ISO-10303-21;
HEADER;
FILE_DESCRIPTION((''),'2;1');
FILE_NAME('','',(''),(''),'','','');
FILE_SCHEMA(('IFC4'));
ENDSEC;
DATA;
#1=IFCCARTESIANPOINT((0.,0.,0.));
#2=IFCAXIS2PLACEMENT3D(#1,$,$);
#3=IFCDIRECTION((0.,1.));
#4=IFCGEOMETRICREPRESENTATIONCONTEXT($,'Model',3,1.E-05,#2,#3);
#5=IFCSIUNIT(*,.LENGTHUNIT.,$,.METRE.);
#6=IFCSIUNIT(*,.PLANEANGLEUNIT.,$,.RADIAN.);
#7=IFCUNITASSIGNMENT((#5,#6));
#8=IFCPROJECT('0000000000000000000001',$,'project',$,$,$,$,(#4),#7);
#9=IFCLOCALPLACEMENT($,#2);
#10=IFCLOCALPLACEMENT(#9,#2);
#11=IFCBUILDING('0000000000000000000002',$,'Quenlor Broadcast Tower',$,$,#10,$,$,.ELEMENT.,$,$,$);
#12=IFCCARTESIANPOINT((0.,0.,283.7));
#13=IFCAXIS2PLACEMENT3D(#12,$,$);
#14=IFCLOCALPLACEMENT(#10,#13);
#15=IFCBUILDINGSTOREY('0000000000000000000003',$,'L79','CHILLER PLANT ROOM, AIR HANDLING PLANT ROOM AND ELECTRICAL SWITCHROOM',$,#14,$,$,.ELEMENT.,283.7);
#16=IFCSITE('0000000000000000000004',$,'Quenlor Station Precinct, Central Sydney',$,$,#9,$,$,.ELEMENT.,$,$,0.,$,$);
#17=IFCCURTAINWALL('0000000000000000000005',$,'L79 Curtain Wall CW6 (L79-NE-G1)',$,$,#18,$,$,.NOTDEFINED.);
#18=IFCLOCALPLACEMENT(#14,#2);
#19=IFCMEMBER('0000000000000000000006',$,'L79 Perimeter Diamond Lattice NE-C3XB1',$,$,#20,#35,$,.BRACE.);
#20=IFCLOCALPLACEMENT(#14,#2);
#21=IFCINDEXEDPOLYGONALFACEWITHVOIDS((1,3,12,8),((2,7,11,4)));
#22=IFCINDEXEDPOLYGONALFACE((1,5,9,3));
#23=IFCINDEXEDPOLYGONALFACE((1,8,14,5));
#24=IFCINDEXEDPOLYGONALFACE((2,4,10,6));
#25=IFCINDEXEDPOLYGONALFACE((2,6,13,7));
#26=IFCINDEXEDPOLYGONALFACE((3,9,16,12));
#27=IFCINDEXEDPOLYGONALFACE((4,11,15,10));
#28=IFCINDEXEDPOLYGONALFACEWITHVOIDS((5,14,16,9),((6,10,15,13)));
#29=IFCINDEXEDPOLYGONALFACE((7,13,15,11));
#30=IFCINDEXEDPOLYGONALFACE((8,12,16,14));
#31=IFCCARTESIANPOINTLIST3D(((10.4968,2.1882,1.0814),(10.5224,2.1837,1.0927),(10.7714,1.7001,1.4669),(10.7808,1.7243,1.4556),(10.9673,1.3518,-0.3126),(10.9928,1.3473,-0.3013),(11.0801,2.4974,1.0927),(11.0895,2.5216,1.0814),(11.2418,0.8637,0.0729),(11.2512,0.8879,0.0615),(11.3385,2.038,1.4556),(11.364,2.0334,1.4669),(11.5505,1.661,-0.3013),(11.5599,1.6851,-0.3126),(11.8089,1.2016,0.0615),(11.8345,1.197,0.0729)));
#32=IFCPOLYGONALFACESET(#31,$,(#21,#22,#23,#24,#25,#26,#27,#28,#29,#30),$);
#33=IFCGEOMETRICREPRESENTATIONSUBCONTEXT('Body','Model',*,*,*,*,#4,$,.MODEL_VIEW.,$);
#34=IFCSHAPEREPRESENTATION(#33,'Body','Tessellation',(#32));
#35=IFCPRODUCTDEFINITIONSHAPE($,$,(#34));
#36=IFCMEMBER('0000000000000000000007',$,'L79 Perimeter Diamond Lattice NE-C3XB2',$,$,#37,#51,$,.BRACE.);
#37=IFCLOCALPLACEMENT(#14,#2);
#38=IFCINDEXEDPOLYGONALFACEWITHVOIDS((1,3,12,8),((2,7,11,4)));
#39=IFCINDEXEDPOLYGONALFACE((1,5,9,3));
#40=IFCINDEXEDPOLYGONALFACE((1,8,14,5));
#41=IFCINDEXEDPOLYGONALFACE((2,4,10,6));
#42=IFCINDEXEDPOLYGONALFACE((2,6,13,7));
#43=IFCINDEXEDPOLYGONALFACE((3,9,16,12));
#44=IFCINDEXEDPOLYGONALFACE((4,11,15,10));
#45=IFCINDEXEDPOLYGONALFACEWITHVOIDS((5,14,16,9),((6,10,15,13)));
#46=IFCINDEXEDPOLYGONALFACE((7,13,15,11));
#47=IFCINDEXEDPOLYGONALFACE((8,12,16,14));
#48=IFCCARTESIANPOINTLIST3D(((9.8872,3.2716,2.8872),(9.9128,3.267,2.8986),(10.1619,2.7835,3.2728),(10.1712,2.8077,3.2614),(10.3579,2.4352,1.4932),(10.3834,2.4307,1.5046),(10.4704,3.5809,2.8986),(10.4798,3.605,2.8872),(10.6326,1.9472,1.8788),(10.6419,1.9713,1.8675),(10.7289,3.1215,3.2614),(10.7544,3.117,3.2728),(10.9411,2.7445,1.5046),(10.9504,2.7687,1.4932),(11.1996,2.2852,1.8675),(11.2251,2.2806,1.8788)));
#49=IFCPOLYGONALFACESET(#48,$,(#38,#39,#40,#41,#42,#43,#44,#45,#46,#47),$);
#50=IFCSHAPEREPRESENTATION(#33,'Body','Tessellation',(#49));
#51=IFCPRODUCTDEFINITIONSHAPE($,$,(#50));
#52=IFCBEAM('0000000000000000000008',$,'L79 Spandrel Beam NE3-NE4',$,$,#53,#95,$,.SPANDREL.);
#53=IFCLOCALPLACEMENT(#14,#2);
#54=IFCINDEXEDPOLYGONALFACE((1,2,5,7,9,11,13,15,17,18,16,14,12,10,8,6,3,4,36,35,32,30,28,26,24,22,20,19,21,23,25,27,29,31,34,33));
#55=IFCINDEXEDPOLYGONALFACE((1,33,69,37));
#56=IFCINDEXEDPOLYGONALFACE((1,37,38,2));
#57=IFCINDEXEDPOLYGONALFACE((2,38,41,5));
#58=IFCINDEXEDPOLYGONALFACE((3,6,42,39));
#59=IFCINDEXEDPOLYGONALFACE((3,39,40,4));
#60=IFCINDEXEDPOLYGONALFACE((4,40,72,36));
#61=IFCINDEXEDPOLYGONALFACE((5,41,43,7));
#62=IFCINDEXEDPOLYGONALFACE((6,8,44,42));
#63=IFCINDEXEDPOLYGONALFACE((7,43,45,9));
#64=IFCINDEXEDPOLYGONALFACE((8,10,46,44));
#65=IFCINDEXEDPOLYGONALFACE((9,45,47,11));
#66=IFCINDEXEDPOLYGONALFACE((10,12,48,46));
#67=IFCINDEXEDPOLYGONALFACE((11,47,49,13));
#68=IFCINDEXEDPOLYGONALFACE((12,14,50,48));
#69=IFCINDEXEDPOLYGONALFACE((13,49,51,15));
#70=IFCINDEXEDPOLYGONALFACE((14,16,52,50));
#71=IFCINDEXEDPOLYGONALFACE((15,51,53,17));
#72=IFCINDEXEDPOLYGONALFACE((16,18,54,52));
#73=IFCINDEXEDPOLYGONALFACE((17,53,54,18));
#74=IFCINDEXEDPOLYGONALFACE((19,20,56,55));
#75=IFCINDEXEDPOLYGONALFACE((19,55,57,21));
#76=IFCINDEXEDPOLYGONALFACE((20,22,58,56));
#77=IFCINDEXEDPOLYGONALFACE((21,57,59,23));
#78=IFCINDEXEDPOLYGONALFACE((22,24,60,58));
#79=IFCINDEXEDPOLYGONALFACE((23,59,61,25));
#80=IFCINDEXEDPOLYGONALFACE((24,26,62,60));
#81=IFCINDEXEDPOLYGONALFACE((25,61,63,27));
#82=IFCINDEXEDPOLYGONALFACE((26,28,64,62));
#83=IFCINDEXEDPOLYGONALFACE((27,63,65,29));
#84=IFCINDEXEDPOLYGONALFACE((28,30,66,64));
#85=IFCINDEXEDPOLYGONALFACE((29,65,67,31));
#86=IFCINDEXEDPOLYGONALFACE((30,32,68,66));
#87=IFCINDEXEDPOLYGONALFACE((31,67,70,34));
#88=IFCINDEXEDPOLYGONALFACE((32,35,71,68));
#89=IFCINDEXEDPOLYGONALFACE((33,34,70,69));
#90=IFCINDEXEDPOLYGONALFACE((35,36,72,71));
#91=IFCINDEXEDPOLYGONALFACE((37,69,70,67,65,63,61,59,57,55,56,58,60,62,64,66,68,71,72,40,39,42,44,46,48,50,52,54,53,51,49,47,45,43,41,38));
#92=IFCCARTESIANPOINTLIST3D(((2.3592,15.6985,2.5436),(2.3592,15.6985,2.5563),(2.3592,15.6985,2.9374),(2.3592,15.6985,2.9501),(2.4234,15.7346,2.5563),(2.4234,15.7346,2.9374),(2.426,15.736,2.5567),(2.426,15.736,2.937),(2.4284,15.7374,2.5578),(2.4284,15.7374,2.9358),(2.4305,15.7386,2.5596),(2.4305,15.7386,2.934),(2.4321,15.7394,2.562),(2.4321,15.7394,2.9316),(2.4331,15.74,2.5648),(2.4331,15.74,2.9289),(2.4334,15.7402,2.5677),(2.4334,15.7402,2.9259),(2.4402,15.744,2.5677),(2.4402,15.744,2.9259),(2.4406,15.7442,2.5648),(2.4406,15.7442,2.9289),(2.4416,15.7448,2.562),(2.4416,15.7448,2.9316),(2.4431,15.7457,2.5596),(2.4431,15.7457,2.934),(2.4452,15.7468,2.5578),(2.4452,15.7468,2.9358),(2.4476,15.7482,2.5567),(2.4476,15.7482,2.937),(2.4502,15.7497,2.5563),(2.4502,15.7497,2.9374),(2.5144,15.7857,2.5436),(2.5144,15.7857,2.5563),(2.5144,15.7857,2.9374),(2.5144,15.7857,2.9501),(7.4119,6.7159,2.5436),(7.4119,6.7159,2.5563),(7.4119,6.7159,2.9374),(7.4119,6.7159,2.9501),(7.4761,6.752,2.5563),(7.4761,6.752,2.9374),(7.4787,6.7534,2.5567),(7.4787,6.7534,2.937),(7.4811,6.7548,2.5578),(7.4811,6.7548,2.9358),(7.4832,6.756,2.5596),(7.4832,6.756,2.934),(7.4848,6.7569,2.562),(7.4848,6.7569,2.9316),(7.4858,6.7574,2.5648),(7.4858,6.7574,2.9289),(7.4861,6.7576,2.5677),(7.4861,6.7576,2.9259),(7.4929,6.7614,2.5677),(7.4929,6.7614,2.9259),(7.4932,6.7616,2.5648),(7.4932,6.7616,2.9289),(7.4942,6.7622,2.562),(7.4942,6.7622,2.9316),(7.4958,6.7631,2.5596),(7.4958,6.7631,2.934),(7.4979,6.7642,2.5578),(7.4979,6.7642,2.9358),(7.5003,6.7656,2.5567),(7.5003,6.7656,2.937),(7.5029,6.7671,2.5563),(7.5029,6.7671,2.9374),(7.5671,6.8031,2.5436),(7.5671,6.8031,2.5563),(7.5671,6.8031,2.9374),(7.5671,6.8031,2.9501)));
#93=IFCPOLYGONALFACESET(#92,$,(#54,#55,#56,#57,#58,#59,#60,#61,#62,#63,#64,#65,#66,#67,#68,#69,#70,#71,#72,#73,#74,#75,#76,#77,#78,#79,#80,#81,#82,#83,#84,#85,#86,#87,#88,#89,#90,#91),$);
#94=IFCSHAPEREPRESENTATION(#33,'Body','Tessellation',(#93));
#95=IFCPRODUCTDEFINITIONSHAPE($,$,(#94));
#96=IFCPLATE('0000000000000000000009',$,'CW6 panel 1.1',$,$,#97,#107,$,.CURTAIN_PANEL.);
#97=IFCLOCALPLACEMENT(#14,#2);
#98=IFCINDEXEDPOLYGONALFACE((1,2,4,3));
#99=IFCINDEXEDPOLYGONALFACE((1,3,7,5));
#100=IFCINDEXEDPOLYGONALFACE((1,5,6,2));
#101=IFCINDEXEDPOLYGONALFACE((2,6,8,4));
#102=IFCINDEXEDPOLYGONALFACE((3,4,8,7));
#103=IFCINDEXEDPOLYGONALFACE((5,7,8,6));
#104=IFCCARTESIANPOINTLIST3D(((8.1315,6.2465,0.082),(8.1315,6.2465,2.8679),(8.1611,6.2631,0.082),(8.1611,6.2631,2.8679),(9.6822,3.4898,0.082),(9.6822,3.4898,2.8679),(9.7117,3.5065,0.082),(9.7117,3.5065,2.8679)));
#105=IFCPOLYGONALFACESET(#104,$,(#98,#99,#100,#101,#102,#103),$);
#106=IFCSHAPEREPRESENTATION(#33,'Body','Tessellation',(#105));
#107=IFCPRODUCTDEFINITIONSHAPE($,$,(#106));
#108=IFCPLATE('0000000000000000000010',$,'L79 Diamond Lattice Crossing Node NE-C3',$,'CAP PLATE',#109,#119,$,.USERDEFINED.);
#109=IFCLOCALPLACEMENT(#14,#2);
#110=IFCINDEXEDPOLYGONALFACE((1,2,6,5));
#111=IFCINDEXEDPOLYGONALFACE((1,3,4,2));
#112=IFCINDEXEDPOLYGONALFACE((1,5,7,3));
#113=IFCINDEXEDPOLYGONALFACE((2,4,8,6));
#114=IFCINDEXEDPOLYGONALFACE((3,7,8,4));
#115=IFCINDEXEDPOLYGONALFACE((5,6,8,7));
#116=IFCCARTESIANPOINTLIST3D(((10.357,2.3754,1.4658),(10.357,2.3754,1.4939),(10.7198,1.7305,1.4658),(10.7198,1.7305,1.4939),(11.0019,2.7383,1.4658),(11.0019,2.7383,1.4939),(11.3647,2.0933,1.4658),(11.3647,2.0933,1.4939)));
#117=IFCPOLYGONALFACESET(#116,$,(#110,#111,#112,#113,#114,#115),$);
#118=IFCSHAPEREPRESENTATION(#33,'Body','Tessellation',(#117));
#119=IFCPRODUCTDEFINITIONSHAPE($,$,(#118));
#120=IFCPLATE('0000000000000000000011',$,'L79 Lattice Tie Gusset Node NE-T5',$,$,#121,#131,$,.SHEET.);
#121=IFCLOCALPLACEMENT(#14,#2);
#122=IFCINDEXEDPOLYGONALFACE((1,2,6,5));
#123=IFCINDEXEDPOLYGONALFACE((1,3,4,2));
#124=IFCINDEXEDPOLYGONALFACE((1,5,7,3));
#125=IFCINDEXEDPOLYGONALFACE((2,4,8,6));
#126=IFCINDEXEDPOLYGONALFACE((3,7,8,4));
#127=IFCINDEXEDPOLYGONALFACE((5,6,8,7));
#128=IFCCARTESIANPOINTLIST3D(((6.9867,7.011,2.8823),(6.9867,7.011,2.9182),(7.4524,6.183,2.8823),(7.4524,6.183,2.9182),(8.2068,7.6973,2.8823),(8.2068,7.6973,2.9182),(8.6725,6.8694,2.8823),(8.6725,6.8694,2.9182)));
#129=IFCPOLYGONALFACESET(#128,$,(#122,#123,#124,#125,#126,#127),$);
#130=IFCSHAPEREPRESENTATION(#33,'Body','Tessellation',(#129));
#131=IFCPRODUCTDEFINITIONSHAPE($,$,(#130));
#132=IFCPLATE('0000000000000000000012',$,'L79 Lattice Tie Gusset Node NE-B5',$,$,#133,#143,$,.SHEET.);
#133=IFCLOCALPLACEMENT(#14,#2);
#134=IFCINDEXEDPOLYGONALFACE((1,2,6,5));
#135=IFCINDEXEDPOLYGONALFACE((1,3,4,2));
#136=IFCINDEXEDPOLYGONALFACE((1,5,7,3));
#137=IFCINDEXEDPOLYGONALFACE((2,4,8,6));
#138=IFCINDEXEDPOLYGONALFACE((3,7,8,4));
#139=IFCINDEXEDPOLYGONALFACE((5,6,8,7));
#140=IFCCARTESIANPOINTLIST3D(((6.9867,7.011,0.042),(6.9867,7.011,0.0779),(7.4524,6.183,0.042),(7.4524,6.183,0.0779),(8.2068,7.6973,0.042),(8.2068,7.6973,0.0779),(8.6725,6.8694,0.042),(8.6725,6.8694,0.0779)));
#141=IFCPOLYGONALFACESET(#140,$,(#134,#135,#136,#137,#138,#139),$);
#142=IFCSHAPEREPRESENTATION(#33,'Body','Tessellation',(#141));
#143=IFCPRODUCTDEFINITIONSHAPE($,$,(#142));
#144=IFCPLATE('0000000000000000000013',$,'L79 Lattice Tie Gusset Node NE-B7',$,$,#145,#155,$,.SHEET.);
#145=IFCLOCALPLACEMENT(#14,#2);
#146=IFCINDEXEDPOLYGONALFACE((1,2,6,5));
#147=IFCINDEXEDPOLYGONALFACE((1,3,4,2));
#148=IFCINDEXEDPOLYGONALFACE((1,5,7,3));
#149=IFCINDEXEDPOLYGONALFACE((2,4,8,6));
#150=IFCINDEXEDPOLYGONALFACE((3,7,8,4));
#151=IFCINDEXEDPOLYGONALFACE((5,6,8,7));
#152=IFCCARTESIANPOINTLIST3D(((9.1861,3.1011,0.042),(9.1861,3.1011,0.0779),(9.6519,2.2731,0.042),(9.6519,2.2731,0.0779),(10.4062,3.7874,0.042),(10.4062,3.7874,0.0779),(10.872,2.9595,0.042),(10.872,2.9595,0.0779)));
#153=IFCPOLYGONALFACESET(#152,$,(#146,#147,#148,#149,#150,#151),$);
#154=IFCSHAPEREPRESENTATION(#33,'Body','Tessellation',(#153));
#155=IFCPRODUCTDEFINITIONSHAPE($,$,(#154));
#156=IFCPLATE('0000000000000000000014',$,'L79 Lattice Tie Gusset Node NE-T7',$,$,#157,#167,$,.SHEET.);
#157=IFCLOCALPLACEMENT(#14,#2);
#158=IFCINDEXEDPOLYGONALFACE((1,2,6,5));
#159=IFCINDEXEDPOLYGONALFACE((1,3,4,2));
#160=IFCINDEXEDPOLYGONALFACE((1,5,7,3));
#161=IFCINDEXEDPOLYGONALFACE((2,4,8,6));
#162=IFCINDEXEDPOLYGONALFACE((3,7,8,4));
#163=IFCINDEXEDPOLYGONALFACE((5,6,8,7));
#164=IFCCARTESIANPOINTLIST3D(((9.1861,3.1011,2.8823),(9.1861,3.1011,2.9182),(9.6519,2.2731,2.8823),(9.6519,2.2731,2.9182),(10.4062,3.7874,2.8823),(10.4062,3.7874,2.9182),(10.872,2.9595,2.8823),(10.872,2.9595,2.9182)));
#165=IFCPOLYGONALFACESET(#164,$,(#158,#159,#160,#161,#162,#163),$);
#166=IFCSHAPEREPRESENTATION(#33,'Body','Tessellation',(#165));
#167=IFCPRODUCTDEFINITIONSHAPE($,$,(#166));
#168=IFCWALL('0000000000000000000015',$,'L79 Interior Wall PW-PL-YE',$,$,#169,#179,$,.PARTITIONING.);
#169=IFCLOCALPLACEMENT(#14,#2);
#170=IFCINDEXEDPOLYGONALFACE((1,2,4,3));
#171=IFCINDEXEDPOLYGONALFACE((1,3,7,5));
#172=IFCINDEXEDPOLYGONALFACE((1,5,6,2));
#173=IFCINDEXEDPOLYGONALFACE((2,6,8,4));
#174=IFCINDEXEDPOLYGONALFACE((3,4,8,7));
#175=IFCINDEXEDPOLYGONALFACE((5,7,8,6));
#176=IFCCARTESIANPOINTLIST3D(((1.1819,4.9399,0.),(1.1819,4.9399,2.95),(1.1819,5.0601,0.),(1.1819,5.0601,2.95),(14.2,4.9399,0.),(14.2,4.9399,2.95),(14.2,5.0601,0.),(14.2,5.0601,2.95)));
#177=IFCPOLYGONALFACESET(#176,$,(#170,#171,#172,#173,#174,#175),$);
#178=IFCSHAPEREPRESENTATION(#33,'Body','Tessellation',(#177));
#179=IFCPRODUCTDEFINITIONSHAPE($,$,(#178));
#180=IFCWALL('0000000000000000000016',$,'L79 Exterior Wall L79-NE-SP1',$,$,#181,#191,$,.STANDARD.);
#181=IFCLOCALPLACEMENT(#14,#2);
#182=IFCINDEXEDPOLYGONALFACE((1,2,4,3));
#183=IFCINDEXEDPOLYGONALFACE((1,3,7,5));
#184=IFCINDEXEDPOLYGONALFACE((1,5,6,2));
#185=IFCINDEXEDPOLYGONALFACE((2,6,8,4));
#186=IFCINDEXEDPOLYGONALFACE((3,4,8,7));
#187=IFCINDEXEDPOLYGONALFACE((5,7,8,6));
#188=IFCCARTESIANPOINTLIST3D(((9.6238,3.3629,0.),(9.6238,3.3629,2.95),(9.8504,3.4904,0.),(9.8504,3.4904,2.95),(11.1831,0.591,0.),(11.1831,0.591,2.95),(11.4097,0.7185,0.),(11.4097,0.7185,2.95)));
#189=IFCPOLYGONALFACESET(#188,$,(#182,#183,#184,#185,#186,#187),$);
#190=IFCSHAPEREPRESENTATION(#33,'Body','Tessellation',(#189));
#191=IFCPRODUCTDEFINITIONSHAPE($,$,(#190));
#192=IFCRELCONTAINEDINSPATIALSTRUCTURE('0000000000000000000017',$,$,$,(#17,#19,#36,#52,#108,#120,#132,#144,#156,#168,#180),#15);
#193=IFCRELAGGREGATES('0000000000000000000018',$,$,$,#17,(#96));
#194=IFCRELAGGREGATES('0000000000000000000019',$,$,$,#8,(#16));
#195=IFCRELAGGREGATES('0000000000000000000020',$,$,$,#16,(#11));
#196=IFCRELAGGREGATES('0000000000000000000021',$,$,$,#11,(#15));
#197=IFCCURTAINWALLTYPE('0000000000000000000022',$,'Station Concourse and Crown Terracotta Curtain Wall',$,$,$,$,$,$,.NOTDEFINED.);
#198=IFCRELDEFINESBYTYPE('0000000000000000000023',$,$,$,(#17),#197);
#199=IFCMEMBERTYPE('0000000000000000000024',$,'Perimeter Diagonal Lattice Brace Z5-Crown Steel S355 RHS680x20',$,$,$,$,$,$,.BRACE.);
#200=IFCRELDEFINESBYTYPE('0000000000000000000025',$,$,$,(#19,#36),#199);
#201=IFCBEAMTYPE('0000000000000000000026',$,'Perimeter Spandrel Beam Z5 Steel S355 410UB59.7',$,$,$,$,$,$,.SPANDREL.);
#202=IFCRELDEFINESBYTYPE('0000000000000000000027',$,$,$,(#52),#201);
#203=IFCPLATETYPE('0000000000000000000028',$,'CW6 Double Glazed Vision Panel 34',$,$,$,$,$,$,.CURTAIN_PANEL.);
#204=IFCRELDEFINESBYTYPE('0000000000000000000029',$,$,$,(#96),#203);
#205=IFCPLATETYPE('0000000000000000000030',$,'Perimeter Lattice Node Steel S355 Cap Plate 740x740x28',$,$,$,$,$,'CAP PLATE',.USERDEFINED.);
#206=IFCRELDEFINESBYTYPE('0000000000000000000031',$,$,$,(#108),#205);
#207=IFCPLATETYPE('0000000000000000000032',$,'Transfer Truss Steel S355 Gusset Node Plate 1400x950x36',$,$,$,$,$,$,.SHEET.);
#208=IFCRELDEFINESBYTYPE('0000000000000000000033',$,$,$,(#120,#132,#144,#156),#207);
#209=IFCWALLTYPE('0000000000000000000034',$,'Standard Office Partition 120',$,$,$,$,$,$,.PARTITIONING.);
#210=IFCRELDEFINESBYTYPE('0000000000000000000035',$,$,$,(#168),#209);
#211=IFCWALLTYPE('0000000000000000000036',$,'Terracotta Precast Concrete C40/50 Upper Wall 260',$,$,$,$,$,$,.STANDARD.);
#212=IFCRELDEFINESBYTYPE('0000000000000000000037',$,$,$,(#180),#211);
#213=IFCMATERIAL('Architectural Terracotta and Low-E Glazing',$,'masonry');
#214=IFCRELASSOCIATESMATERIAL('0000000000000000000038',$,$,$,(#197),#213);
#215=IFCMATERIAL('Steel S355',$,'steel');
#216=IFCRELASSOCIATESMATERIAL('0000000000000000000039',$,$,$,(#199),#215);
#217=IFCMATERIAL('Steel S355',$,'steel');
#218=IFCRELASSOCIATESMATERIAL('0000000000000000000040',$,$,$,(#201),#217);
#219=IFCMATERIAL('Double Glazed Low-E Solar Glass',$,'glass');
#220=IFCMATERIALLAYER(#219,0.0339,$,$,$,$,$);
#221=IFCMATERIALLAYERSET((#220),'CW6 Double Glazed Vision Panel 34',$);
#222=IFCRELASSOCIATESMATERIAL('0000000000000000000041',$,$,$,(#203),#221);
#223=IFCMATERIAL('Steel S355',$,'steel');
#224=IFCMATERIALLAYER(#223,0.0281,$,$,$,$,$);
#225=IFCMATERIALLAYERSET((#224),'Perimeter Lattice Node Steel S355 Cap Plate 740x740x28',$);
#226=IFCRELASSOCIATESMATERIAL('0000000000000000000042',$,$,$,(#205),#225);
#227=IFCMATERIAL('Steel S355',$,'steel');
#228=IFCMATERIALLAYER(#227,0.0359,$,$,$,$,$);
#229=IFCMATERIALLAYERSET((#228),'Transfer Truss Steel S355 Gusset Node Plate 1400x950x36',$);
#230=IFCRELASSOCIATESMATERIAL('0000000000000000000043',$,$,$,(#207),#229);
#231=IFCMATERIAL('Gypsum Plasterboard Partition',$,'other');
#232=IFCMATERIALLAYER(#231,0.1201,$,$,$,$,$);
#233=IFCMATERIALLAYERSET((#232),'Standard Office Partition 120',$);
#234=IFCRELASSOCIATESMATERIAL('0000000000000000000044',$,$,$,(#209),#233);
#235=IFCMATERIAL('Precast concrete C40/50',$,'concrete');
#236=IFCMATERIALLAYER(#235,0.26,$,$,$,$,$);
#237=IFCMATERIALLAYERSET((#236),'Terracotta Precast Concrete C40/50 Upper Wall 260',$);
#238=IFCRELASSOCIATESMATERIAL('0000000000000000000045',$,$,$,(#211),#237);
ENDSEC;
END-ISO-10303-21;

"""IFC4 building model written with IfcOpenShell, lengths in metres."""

from ifc_helpers import new_model, si_unit, direction, frame, frame_2d, origin, origin_2d, place, context, subcontext, project, spatial, rectangle, hollow_rectangle, i_section, extrude, material, layer, layer_set, material_profile, profile_set, type_object, element, aggregate, save


model = new_model("IFC4")

# Units and contexts
model_context = context("Model", 3, precision=1e-05, world=origin(), true_north=direction((0.0, 1.0)))
body_context = subcontext(model_context, "Body", "Model", "MODEL_VIEW")
ifc_project = project(units=[si_unit("LENGTHUNIT", "METRE"), si_unit("PLANEANGLEUNIT", "RADIAN")], contexts=[model_context])

# Site, building, storey
site_placement = place(None, origin())
site = spatial("IfcSite", under=ifc_project, at=site_placement, Name="Quenlor Station Precinct, Central Sydney", CompositionType="ELEMENT", RefElevation=0.0)
building_placement = place(site_placement, origin())
building = spatial("IfcBuilding", under=site, at=building_placement, Name="Quenlor Broadcast Tower", CompositionType="ELEMENT")
storey_placement = place(building_placement, frame((0.0, 0.0, 283.7)))
storey = spatial("IfcBuildingStorey", under=building, at=storey_placement, Name="L79", Description="CHILLER PLANT ROOM, AIR HANDLING PLANT ROOM AND ELECTRICAL SWITCHROOM", CompositionType="ELEMENT", Elevation=283.7)

# Curtain wall
ifc_material_1 = material(Name="Architectural Terracotta and Low-E Glazing", Category="masonry")
curtain_wall_type = type_object("IfcCurtainWallType", Name="Station Concourse and Crown Terracotta Curtain Wall", PredefinedType="NOTDEFINED", material=ifc_material_1)
curtain_wall_placement = place(storey_placement, origin())
curtain_wall = element("IfcCurtainWall", 1, at=curtain_wall_placement, inside=storey, type_object=curtain_wall_type, Name="L79 Curtain Wall CW6 (L79-NE-G1)", PredefinedType="NOTDEFINED")

# Members
ifc_material_2 = material(Name="Steel S355", Category="steel")
ifc_material_profile_1 = material_profile(ifc_material_2, hollow_rectangle(XDim=0.6799, YDim=0.6799, WallThickness=0.02, at=origin_2d()))
ifc_profile_set_1 = profile_set([ifc_material_profile_1], Name="Steel S355 RHS680x680x20")
member_type_1 = type_object("IfcMemberType", Name="Perimeter Diagonal Lattice Brace Z5-Crown Steel S355 RHS680x20", PredefinedType="BRACE", material=ifc_profile_set_1)
for number, where, z_axis, x_axis, name in (
    (2, (11.4009, 1.2744, -0.1199), (-0.27798, 0.494218, 0.823697), (-0.871589, -0.490237, 0.0), "L79 Perimeter Diamond Lattice NE-C3XB1"),
    (3, (10.7915, 2.3579, 1.686), (-0.278113, 0.494198, 0.823664), (-0.87148, -0.49043, 0.0), "L79 Perimeter Diamond Lattice NE-C3XB2"),
):
    element("IfcMember", number, at=place(storey_placement, frame(where, z_axis=z_axis, x_axis=x_axis)), inside=storey, type_object=member_type_1, Name=name, PredefinedType="BRACE", context=body_context, shape_type="SweptSolid", body=[
        extrude(hollow_rectangle(XDim=0.6799, YDim=0.6799, WallThickness=0.02, at=origin_2d()), origin(), (0.0, 0.0, 1.0), 1.6924),
    ])

# Beam
ifc_material_3 = material(Name="Steel S355", Category="steel")
ifc_material_profile_2 = material_profile(ifc_material_3, i_section(OverallWidth=0.178, OverallDepth=0.4065, WebThickness=0.0078, FlangeThickness=0.0127, FilletRadius=0.0115, at=origin_2d()))
ifc_profile_set_2 = profile_set([ifc_material_profile_2], Name="Steel S355 410UB59.7")
beam_type_1 = type_object("IfcBeamType", Name="Perimeter Spandrel Beam Z5 Steel S355 410UB59.7", PredefinedType="SPANDREL", material=ifc_profile_set_2)
beam_1_placement = place(storey_placement, frame((7.4895, 6.7595, 2.7468), z_axis=(-0.49026, 0.871576, 0.0), x_axis=(-0.871576, -0.49026, 0.0)))
element("IfcBeam", 4, at=beam_1_placement, inside=storey, type_object=beam_type_1, Name="L79 Spandrel Beam NE3-NE4", PredefinedType="SPANDREL", context=body_context, shape_type="SweptSolid", body=[
    extrude(i_section(OverallWidth=0.178, OverallDepth=0.4065, WebThickness=0.0078, FlangeThickness=0.0127, FilletRadius=0.0115, at=origin_2d()), origin(), (0.0, 0.0, 1.0), 10.3062),
])

# Plate
ifc_material_4 = material(Name="Double Glazed Low-E Solar Glass", Category="glass")
ifc_layer_1 = layer(ifc_material_4, 0.0339)
ifc_layer_set_1 = layer_set([ifc_layer_1], Name="CW6 Double Glazed Vision Panel 34")
plate_type_1 = type_object("IfcPlateType", Name="CW6 Double Glazed Vision Panel 34", PredefinedType="CURTAIN_PANEL", material=ifc_layer_set_1)
plate_1_placement = place(storey_placement, frame((8.9216, 4.8765, 0.082), z_axis=(0.0, 0.0, 1.0), x_axis=(0.490268, -0.871572, 0.0)))
plate_1 = element("IfcPlate", 5, at=plate_1_placement, type_object=plate_type_1, Name="CW6 panel 1.1", PredefinedType="CURTAIN_PANEL", context=body_context, shape_type="SweptSolid", body=[
    extrude(rectangle(XDim=3.1628, YDim=0.0339, at=origin_2d()), origin(), (0.0, 0.0, 1.0), 2.7859),
])
aggregate(curtain_wall, [plate_1])

# Plates
ifc_material_5 = material(Name="Steel S355", Category="steel")
ifc_layer_2 = layer(ifc_material_5, 0.0281)
ifc_layer_set_2 = layer_set([ifc_layer_2], Name="Perimeter Lattice Node Steel S355 Cap Plate 740x740x28")
plate_type_2 = type_object("IfcPlateType", Name="Perimeter Lattice Node Steel S355 Cap Plate 740x740x28", ElementType="CAP PLATE", PredefinedType="USERDEFINED", material=ifc_layer_set_2)
plate_2_placement = place(storey_placement, frame((10.8608, 2.2344, 1.4658), z_axis=(0.0, 0.0, 1.0), x_axis=(0.490295, -0.871556, 0.0)))
element("IfcPlate", 6, at=plate_2_placement, inside=storey, type_object=plate_type_2, Name="L79 Diamond Lattice Crossing Node NE-C3", ObjectType="CAP PLATE", PredefinedType="USERDEFINED", context=body_context, shape_type="SweptSolid", body=[
    extrude(rectangle(XDim=0.74, YDim=0.74, at=origin_2d()), origin(), (0.0, 0.0, 1.0), 0.0281),
])
ifc_material_6 = material(Name="Steel S355", Category="steel")
ifc_layer_3 = layer(ifc_material_6, 0.0359)
ifc_layer_set_3 = layer_set([ifc_layer_3], Name="Transfer Truss Steel S355 Gusset Node Plate 1400x950x36")
plate_type_3 = type_object("IfcPlateType", Name="Transfer Truss Steel S355 Gusset Node Plate 1400x950x36", PredefinedType="SHEET", material=ifc_layer_set_3)
for number, where, z_axis, x_axis, name in (
    (7, (7.8296, 6.9402, 2.8823), (0.0, 0.0, 1.0), (0.871556, 0.490295, 0.0), "L79 Lattice Tie Gusset Node NE-T5"),
    (8, (7.8296, 6.9402, 0.042), (0.0, 0.0, 1.0), (0.871556, 0.490295, 0.0), "L79 Lattice Tie Gusset Node NE-B5"),
    (9, (10.0291, 3.0303, 0.042), (0.0, 0.0, 1.0), (0.871556, 0.490295, 0.0), "L79 Lattice Tie Gusset Node NE-B7"),
    (10, (10.0291, 3.0303, 2.8823), (0.0, 0.0, 1.0), (0.871556, 0.490295, 0.0), "L79 Lattice Tie Gusset Node NE-T7"),
):
    element("IfcPlate", number, at=place(storey_placement, frame(where, z_axis=z_axis, x_axis=x_axis)), inside=storey, type_object=plate_type_3, Name=name, PredefinedType="SHEET", context=body_context, shape_type="SweptSolid", body=[
        extrude(rectangle(XDim=1.3999, YDim=0.95, at=origin_2d()), origin(), (0.0, 0.0, 1.0), 0.0359),
    ])

# Walls
ifc_material_7 = material(Name="Gypsum Plasterboard Partition", Category="other")
ifc_layer_4 = layer(ifc_material_7, 0.1201)
ifc_layer_set_4 = layer_set([ifc_layer_4], Name="Standard Office Partition 120")
wall_type_1 = type_object("IfcWallType", Name="Standard Office Partition 120", PredefinedType="PARTITIONING", material=ifc_layer_set_4)
wall_1_placement = place(storey_placement, frame((1.1819, 5.0, 0.0), z_axis=(0.0, 0.0, 1.0), x_axis=(1.0, 0.0, 0.0)))
element("IfcWall", 11, at=wall_1_placement, inside=storey, type_object=wall_type_1, Name="L79 Interior Wall PW-PL-YE", PredefinedType="PARTITIONING", context=body_context, shape_type="SweptSolid", body=[
    extrude(rectangle(XDim=13.0181, YDim=0.1201, at=frame_2d((6.509, 0.0))), origin(), (0.0, 0.0, 1.0), 2.95),
])
ifc_material_8 = material(Name="Precast concrete C40/50", Category="concrete")
ifc_layer_5 = layer(ifc_material_8, 0.26)
ifc_layer_set_5 = layer_set([ifc_layer_5], Name="Terracotta Precast Concrete C40/50 Upper Wall 260")
wall_type_2 = type_object("IfcWallType", Name="Terracotta Precast Concrete C40/50 Upper Wall 260", PredefinedType="STANDARD", material=ifc_layer_set_5)
wall_2_placement = place(storey_placement, frame((9.7371, 3.4268, 0.0), z_axis=(0.0, 0.0, 1.0), x_axis=(0.490283, -0.871563, 0.0)))
element("IfcWall", 12, at=wall_2_placement, inside=storey, type_object=wall_type_2, Name="L79 Exterior Wall L79-NE-SP1", PredefinedType="STANDARD", context=body_context, shape_type="SweptSolid", body=[
    extrude(rectangle(XDim=3.1804, YDim=0.26, at=frame_2d((1.5903, 0.0))), origin(), (0.0, 0.0, 1.0), 2.95),
])

save(model, "model.ifc")
